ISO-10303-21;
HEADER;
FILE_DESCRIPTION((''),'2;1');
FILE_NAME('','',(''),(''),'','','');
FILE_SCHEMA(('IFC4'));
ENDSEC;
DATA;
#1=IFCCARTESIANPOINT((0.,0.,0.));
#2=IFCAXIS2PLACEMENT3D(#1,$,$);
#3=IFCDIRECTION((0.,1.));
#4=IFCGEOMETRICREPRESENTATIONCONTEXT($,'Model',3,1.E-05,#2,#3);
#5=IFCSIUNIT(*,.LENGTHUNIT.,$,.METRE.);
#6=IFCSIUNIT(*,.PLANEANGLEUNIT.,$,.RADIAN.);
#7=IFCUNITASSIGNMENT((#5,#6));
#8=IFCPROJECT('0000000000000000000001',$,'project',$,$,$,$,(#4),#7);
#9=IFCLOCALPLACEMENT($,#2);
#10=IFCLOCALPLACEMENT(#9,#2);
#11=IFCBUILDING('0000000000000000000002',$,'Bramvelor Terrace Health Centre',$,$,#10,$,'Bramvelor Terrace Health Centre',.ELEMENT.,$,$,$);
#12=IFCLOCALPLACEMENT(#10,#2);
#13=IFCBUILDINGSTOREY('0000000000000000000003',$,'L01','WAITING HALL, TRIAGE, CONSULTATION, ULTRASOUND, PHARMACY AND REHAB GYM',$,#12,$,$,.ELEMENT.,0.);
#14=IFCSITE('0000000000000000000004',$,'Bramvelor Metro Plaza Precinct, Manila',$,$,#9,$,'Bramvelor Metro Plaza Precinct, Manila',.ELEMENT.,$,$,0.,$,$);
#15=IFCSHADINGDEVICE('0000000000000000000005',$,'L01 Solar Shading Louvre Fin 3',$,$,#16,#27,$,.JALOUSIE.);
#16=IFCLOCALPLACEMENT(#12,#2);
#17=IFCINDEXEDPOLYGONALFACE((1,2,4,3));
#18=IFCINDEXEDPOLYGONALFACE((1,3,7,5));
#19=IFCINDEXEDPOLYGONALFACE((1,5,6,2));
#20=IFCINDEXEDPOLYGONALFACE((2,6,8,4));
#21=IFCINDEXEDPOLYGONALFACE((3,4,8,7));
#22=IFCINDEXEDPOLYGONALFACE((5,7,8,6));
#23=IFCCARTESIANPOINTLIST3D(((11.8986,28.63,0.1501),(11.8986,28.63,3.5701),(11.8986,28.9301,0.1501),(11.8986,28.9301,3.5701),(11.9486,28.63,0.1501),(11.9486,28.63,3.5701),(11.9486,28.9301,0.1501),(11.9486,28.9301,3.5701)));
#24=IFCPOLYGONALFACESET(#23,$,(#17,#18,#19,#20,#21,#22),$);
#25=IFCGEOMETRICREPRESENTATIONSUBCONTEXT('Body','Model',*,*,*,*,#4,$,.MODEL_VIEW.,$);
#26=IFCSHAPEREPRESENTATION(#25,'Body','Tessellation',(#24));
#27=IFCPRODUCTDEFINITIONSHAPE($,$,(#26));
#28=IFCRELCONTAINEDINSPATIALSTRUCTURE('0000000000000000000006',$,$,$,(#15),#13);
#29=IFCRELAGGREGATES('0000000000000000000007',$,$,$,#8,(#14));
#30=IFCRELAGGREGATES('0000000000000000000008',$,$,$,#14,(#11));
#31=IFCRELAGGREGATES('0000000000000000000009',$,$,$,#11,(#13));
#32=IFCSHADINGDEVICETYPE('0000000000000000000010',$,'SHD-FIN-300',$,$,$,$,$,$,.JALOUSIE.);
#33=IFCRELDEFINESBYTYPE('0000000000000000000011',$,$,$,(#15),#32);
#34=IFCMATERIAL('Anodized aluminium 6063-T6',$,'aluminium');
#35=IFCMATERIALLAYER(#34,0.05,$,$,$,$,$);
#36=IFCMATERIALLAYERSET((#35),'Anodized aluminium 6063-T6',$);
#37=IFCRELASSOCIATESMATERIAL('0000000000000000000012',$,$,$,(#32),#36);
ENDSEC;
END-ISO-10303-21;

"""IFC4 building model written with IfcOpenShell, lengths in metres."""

from ifc_helpers import new_model, si_unit, direction, frame, origin, origin_2d, place, context, subcontext, project, spatial, rectangle, extrude, material, layer, layer_set, type_object, element, save


model = new_model("IFC4")

# Units and contexts
model_context = context("Model", 3, precision=1e-05, world=origin(), true_north=direction((0.0, 1.0)))
body_context = subcontext(model_context, "Body", "Model", "MODEL_VIEW")
ifc_project = project(units=[si_unit("LENGTHUNIT", "METRE"), si_unit("PLANEANGLEUNIT", "RADIAN")], contexts=[model_context])

# Site, building, storey
site_placement = place(None, origin())
site = spatial("IfcSite", under=ifc_project, at=site_placement, Name="Bramvelor Metro Plaza Precinct, Manila", LongName="Bramvelor Metro Plaza Precinct, Manila", CompositionType="ELEMENT", RefElevation=0.0)
building_placement = place(site_placement, origin())
building = spatial("IfcBuilding", under=site, at=building_placement, Name="Bramvelor Terrace Health Centre", LongName="Bramvelor Terrace Health Centre", CompositionType="ELEMENT")
storey_placement = place(building_placement, origin())
storey = spatial("IfcBuildingStorey", under=building, at=storey_placement, Name="L01", Description="WAITING HALL, TRIAGE, CONSULTATION, ULTRASOUND, PHARMACY AND REHAB GYM", CompositionType="ELEMENT", Elevation=0.0)

# Shading device
ifc_material_1 = material(Name="Anodized aluminium 6063-T6", Category="aluminium")
ifc_layer_1 = layer(ifc_material_1, 0.05)
ifc_layer_set_1 = layer_set([ifc_layer_1], Name="Anodized aluminium 6063-T6")
shading_device_type = type_object("IfcShadingDeviceType", Name="SHD-FIN-300", PredefinedType="JALOUSIE", material=ifc_layer_set_1)
shading_device_placement = place(storey_placement, frame((11.9236, 28.78, 0.1501), z_axis=(0.0, 0.0, 1.0), x_axis=(1.0, 0.0, 0.0)))
element("IfcShadingDevice", 1, at=shading_device_placement, inside=storey, type_object=shading_device_type, Name="L01 Solar Shading Louvre Fin 3", PredefinedType="JALOUSIE", context=body_context, shape_type="SweptSolid", body=[
    extrude(rectangle(XDim=0.05, YDim=0.3, at=origin_2d()), origin(), (0.0, 0.0, 1.0), 3.4199),
])

save(model, "model.ifc")
